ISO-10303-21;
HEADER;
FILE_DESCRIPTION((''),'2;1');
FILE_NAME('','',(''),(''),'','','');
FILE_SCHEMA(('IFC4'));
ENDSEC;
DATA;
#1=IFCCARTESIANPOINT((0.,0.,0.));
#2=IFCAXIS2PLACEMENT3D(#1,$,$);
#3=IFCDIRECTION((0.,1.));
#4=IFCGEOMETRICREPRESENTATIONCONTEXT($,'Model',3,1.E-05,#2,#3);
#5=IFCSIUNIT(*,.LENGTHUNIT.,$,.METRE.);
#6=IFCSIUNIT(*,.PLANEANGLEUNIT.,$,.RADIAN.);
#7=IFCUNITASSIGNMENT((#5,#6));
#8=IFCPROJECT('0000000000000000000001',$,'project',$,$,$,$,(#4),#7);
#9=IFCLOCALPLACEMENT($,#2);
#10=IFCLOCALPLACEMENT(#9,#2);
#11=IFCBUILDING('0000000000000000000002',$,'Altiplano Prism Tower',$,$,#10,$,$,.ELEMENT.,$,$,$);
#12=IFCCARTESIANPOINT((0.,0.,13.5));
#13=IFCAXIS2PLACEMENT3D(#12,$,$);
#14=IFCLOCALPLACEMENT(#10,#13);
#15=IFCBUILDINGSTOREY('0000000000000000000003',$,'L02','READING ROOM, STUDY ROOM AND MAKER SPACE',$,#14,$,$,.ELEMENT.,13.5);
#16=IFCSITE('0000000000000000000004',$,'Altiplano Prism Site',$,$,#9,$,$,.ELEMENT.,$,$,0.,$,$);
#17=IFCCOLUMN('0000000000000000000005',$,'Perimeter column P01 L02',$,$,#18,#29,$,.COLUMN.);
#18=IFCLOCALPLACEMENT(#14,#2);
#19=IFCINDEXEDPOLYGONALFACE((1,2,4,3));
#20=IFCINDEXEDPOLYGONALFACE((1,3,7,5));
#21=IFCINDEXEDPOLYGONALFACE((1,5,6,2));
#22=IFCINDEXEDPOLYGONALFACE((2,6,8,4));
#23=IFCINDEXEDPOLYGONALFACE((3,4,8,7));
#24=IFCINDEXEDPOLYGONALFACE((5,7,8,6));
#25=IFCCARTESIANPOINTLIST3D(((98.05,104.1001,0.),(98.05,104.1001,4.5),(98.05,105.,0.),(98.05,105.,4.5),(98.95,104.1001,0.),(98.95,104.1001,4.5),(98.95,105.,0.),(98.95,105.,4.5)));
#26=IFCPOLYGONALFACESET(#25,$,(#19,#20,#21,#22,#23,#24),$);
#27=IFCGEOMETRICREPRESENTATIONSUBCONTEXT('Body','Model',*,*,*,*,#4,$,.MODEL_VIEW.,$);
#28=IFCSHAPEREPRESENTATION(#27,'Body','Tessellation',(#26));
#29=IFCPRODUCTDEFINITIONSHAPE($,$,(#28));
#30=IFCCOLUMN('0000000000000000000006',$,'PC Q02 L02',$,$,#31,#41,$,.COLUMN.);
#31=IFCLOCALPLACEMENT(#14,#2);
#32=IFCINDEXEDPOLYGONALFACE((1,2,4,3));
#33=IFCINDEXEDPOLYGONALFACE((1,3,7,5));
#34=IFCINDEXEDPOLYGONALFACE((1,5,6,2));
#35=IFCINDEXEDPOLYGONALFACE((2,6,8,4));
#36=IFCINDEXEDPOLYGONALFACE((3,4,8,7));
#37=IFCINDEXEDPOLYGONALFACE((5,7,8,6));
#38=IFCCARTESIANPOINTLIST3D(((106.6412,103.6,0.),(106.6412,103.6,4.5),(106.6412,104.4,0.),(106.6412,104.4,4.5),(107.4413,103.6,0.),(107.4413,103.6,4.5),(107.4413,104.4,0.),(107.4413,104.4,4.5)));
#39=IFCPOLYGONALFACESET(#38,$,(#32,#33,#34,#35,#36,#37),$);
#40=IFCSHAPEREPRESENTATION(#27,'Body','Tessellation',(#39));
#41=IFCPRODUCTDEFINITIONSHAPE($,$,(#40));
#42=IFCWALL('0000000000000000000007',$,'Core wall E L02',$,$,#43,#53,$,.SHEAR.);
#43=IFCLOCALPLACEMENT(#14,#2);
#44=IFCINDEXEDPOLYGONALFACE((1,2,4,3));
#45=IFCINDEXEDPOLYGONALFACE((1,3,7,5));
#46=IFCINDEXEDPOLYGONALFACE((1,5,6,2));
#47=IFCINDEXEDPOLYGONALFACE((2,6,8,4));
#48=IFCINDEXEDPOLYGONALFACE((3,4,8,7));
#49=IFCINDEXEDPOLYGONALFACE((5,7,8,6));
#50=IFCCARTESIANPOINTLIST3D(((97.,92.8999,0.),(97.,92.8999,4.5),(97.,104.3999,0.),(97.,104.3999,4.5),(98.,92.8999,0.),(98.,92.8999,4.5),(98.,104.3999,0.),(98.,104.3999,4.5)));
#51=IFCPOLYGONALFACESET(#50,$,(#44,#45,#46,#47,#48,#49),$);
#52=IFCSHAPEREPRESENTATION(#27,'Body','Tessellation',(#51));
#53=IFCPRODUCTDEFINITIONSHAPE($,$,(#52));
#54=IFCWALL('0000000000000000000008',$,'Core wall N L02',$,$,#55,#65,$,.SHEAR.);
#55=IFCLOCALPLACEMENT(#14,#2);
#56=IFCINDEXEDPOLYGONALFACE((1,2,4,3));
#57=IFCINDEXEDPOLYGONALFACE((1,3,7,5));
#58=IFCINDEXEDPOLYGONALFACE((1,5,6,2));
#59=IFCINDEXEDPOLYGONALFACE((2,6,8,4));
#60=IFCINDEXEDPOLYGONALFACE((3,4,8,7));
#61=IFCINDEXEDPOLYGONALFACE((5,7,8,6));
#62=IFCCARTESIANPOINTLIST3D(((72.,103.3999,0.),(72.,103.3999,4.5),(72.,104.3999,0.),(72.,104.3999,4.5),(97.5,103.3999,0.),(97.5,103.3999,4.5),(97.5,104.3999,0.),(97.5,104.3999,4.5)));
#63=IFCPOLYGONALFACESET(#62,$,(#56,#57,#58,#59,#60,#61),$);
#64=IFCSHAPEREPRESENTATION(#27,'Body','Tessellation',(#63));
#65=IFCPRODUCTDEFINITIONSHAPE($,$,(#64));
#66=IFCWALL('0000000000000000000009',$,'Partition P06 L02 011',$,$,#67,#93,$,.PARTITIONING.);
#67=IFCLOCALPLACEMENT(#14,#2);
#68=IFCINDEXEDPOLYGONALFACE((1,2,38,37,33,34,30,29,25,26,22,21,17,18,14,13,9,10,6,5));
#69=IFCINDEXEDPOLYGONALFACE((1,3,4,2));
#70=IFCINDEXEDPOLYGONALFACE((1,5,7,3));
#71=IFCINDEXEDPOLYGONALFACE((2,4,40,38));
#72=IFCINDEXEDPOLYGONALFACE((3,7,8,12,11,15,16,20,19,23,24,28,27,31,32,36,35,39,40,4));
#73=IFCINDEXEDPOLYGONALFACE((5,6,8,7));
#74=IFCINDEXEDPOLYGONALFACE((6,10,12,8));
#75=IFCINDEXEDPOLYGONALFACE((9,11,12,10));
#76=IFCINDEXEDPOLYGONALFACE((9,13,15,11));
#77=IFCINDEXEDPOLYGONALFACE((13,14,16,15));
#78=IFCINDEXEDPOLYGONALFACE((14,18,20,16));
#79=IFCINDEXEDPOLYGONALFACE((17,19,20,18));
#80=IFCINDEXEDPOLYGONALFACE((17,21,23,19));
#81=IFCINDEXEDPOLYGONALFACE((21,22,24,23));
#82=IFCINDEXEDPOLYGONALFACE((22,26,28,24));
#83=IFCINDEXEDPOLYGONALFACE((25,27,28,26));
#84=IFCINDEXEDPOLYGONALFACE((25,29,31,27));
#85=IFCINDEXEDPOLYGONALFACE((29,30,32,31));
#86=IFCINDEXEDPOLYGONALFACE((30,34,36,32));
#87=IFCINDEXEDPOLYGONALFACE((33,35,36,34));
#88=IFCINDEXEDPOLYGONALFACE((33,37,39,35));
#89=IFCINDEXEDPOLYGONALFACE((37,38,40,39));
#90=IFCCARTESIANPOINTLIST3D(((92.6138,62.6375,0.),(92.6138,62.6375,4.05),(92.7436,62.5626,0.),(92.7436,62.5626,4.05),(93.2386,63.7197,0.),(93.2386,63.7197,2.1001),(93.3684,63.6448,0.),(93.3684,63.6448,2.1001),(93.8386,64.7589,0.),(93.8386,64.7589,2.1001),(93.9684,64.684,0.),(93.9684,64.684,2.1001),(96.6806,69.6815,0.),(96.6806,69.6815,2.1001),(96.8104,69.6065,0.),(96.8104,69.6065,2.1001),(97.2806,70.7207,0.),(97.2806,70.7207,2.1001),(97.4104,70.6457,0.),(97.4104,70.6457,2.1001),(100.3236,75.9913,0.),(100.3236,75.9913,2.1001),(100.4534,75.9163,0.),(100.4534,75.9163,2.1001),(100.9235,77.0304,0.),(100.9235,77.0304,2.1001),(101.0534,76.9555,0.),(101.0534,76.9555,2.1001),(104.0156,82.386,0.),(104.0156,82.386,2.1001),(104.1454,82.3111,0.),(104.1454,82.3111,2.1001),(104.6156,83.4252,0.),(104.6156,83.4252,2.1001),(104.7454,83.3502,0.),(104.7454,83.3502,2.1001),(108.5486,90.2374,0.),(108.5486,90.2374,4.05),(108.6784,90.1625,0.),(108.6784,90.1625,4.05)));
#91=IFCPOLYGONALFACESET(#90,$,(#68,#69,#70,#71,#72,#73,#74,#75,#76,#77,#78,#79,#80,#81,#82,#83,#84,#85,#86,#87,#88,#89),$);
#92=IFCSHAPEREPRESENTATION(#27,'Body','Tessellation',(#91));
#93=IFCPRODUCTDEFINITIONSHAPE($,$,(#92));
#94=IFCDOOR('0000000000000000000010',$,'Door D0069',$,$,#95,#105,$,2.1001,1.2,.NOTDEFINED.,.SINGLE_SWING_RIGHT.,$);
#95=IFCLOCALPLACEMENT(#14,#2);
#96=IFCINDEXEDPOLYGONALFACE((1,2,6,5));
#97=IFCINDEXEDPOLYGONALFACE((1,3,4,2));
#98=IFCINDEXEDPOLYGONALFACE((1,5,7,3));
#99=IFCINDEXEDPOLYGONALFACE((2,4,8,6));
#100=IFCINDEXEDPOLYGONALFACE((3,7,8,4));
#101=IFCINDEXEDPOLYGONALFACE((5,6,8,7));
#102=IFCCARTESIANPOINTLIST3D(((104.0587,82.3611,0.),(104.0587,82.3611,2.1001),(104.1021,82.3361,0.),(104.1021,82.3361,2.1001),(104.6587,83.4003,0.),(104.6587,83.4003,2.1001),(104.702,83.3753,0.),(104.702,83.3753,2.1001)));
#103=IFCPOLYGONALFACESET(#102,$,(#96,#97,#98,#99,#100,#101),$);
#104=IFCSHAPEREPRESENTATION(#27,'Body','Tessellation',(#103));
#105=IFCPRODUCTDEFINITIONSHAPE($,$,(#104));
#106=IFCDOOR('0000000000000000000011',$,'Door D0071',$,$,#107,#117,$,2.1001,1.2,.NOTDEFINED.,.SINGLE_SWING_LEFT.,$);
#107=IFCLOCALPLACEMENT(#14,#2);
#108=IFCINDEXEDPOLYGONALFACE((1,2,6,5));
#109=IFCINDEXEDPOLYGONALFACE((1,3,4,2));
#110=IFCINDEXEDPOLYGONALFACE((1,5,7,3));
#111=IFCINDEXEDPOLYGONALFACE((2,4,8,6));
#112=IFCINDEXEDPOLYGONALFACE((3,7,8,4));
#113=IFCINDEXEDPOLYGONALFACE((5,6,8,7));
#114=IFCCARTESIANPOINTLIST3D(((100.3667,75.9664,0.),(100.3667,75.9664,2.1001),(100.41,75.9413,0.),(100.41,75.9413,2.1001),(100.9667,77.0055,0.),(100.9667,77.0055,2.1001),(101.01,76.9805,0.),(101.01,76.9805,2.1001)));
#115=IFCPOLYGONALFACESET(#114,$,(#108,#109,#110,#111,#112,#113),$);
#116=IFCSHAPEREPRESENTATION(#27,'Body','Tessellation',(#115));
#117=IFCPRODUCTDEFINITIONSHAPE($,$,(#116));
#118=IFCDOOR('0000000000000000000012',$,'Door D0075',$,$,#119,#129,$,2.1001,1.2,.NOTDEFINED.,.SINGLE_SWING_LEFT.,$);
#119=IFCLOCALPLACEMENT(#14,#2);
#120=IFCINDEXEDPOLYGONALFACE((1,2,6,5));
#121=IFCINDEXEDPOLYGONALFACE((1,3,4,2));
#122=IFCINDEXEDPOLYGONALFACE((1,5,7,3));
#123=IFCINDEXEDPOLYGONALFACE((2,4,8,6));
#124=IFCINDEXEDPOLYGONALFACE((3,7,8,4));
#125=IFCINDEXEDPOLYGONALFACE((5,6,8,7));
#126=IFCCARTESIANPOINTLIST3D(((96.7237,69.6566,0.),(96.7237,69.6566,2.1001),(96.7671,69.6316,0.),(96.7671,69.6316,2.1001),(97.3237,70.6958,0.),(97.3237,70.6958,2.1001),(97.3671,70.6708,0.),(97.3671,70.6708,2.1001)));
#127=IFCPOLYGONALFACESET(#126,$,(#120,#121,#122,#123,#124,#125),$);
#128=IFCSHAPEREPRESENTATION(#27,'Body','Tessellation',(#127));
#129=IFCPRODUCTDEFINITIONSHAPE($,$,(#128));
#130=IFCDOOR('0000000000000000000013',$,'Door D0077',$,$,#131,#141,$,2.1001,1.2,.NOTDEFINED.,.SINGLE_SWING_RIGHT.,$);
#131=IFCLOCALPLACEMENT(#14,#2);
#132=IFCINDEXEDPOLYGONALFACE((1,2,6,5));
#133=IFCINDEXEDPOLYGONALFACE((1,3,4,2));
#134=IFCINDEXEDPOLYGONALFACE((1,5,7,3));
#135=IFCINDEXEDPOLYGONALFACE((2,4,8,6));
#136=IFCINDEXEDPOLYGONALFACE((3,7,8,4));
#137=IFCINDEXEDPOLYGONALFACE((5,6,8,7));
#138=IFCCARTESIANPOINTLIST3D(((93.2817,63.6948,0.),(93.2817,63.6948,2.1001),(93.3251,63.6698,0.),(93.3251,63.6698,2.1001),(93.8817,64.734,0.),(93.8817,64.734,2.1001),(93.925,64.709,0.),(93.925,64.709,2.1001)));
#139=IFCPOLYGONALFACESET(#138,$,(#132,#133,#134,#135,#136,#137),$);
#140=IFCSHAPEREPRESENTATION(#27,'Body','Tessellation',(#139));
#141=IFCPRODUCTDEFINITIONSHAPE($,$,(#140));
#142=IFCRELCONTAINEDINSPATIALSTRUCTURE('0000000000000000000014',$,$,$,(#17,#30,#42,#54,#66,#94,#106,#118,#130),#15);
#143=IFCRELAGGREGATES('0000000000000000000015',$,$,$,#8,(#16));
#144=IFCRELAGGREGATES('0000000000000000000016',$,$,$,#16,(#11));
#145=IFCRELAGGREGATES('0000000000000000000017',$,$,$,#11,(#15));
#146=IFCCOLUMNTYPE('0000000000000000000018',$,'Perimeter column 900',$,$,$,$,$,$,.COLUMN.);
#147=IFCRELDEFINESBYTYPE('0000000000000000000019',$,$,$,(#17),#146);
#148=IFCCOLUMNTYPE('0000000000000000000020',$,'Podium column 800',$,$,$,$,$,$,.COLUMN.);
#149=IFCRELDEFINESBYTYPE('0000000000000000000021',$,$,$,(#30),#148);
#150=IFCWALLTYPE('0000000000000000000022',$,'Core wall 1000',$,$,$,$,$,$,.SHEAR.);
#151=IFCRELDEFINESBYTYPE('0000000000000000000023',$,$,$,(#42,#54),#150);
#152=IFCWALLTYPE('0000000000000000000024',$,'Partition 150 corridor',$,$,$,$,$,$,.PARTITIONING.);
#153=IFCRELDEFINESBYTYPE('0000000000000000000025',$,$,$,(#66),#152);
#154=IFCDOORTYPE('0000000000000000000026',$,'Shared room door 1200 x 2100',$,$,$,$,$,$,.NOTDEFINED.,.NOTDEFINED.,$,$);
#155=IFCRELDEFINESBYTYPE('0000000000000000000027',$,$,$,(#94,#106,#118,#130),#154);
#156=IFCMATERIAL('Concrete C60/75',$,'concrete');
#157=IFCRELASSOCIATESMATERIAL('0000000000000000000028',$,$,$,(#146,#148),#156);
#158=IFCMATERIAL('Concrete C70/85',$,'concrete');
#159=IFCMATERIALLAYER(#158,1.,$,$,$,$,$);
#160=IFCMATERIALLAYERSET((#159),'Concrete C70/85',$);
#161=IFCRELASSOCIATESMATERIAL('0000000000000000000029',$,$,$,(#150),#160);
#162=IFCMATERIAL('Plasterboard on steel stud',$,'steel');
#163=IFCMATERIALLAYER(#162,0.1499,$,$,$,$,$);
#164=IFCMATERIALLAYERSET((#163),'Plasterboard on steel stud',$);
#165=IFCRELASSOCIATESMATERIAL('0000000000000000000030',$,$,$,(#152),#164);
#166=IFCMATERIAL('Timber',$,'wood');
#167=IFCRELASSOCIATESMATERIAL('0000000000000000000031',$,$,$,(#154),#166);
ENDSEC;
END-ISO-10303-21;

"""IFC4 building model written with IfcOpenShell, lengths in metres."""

from ifc_helpers import new_model, si_unit, direction, frame, frame_2d, origin, origin_2d, place, context, subcontext, project, spatial, rectangle, extrude, material, layer, layer_set, material_profile, profile_set, type_object, element, fill, save


model = new_model("IFC4")

# Units and contexts
model_context = context("Model", 3, precision=1e-05, world=origin(), true_north=direction((0.0, 1.0)))
body_context = subcontext(model_context, "Body", "Model", "MODEL_VIEW")
ifc_project = project(units=[si_unit("LENGTHUNIT", "METRE"), si_unit("PLANEANGLEUNIT", "RADIAN")], contexts=[model_context])

# Site, building, storey
site_placement = place(None, origin())
site = spatial("IfcSite", under=ifc_project, at=site_placement, Name="Altiplano Prism Site", CompositionType="ELEMENT", RefElevation=0.0)
building_placement = place(site_placement, origin())
building = spatial("IfcBuilding", under=site, at=building_placement, Name="Altiplano Prism Tower", CompositionType="ELEMENT")
storey_placement = place(building_placement, frame((0.0, 0.0, 13.5)))
storey = spatial("IfcBuildingStorey", under=building, at=storey_placement, Name="L02", Description="READING ROOM, STUDY ROOM AND MAKER SPACE", CompositionType="ELEMENT", Elevation=13.5)

# Columns
ifc_material_1 = material(Name="Concrete C60/75", Category="concrete")
ifc_material_profile_1 = material_profile(ifc_material_1, rectangle(XDim=0.8999, YDim=0.8999, at=origin_2d()), Name="Perimeter column 900")
ifc_profile_set_1 = profile_set([ifc_material_profile_1], Name="Concrete C60/75")
column_type_1 = type_object("IfcColumnType", Name="Perimeter column 900", PredefinedType="COLUMN", material=ifc_profile_set_1)
column_1_placement = place(storey_placement, frame((98.5, 104.55, 0.0), z_axis=(0.0, 0.0, 1.0), x_axis=(1.0, 0.0, 0.0)))
element("IfcColumn", 1, at=column_1_placement, inside=storey, type_object=column_type_1, Name="Perimeter column P01 L02", PredefinedType="COLUMN", context=body_context, shape_type="SweptSolid", body=[
    extrude(rectangle(XDim=0.8999, YDim=0.8999, at=origin_2d()), origin(), (0.0, 0.0, 1.0), 4.5),
])
ifc_material_profile_2 = material_profile(ifc_material_1, rectangle(XDim=0.8, YDim=0.8, at=origin_2d()), Name="Podium column 800")
ifc_profile_set_2 = profile_set([ifc_material_profile_2], Name="Concrete C60/75")
column_type_2 = type_object("IfcColumnType", Name="Podium column 800", PredefinedType="COLUMN", material=ifc_profile_set_2)
column_2_placement = place(storey_placement, frame((107.0413, 104.0, 0.0), z_axis=(0.0, 0.0, 1.0), x_axis=(1.0, 0.0, 0.0)))
element("IfcColumn", 2, at=column_2_placement, inside=storey, type_object=column_type_2, Name="PC Q02 L02", PredefinedType="COLUMN", context=body_context, shape_type="SweptSolid", body=[
    extrude(rectangle(XDim=0.8, YDim=0.8, at=origin_2d()), origin(), (0.0, 0.0, 1.0), 4.5),
])

# Walls
ifc_material_2 = material(Name="Concrete C70/85", Category="concrete")
ifc_layer_1 = layer(ifc_material_2, 1.0)
ifc_layer_set_1 = layer_set([ifc_layer_1], Name="Concrete C70/85")
wall_type_1 = type_object("IfcWallType", Name="Core wall 1000", PredefinedType="SHEAR", material=ifc_layer_set_1)
wall_1_placement = place(storey_placement, frame((97.5, 92.8999, 0.0), z_axis=(0.0, 0.0, 1.0), x_axis=(0.0, 1.0, 0.0)))
element("IfcWall", 3, at=wall_1_placement, inside=storey, type_object=wall_type_1, Name="Core wall E L02", PredefinedType="SHEAR", context=body_context, shape_type="SweptSolid", body=[
    extrude(rectangle(XDim=11.5, YDim=1.0, at=frame_2d((5.75, 0.0))), origin(), (0.0, 0.0, 1.0), 4.5),
])
wall_2_placement = place(storey_placement, frame((97.5, 103.8999, 0.0), z_axis=(0.0, 0.0, 1.0), x_axis=(-1.0, 0.0, 0.0)))
element("IfcWall", 4, at=wall_2_placement, inside=storey, type_object=wall_type_1, Name="Core wall N L02", PredefinedType="SHEAR", context=body_context, shape_type="SweptSolid", body=[
    extrude(rectangle(XDim=25.5, YDim=1.0, at=frame_2d((12.75, 0.0))), origin(), (0.0, 0.0, 1.0), 4.5),
])

# Wall, openings, doors
ifc_material_3 = material(Name="Plasterboard on steel stud", Category="steel")
ifc_layer_2 = layer(ifc_material_3, 0.1499)
ifc_layer_set_2 = layer_set([ifc_layer_2], Name="Plasterboard on steel stud")
wall_type_2 = type_object("IfcWallType", Name="Partition 150 corridor", PredefinedType="PARTITIONING", material=ifc_layer_set_2)
wall_3_placement = place(storey_placement, frame((108.6135, 90.2, 0.0), z_axis=(0.0, 0.0, 1.0), x_axis=(-0.500001, -0.866025, 0.0)))
wall_3 = element("IfcWall", 5, at=wall_3_placement, inside=storey, type_object=wall_type_2, Name="Partition P06 L02 011", PredefinedType="PARTITIONING", context=body_context, shape_type="SweptSolid", body=[
    extrude(rectangle(XDim=31.8696, YDim=0.1499, at=frame_2d((15.9348, 0.0))), origin(), (0.0, 0.0, 1.0), 4.05),
])
opening_1_placement = place(wall_3_placement, frame((7.866, 0.0, 0.0)))
opening_1 = element("IfcOpeningElement", 6, at=opening_1_placement, cuts=wall_3, PredefinedType="OPENING", context=body_context, shape_type="SweptSolid", body=[
    extrude(rectangle(XDim=1.2, YDim=2.1001, at=frame_2d((0.6001, 1.05))), frame((0.0, 0.0854, 0.0), z_axis=(0.0, -1.0, 0.0), x_axis=(1.0, 0.0, 0.0)), (0.0, 0.0, 1.0), 0.1709),
])
opening_2_placement = place(wall_3_placement, frame((15.25, 0.0, 0.0)))
opening_2 = element("IfcOpeningElement", 7, at=opening_2_placement, cuts=wall_3, PredefinedType="OPENING", context=body_context, shape_type="SweptSolid", body=[
    extrude(rectangle(XDim=1.2, YDim=2.1001, at=frame_2d((0.6001, 1.05))), frame((0.0, 0.0854, 0.0), z_axis=(0.0, -1.0, 0.0), x_axis=(1.0, 0.0, 0.0)), (0.0, 0.0, 1.0), 0.1709),
])
opening_3_placement = place(wall_3_placement, frame((22.5359, 0.0, 0.0)))
opening_3 = element("IfcOpeningElement", 8, at=opening_3_placement, cuts=wall_3, PredefinedType="OPENING", context=body_context, shape_type="SweptSolid", body=[
    extrude(rectangle(XDim=1.2, YDim=2.1001, at=frame_2d((0.6001, 1.05))), frame((0.0, 0.0854, 0.0), z_axis=(0.0, -1.0, 0.0), x_axis=(1.0, 0.0, 0.0)), (0.0, 0.0, 1.0), 0.1709),
])
opening_4_placement = place(wall_3_placement, frame((29.4199, 0.0, 0.0)))
opening_4 = element("IfcOpeningElement", 9, at=opening_4_placement, cuts=wall_3, PredefinedType="OPENING", context=body_context, shape_type="SweptSolid", body=[
    extrude(rectangle(XDim=1.2, YDim=2.1001, at=frame_2d((0.6001, 1.05))), frame((0.0, 0.0854, 0.0), z_axis=(0.0, -1.0, 0.0), x_axis=(1.0, 0.0, 0.0)), (0.0, 0.0, 1.0), 0.1709),
])
ifc_material_4 = material(Name="Timber", Category="wood")
door_type = type_object("IfcDoorType", Name="Shared room door 1200 x 2100", OperationType="NOTDEFINED", PredefinedType="NOTDEFINED", material=ifc_material_4)
door_1_placement = place(opening_1_placement, origin())
door_1 = element("IfcDoor", 10, at=door_1_placement, inside=storey, type_object=door_type, Name="Door D0069", OperationType="SINGLE_SWING_RIGHT", OverallHeight=2.1001, OverallWidth=1.2, PredefinedType="NOTDEFINED", context=body_context, shape_type="SweptSolid", body=[
    extrude(rectangle(XDim=1.2, YDim=2.1001, at=frame_2d((0.6001, 1.05))), frame((0.0, 0.0249, 0.0), z_axis=(0.0, -1.0, 0.0), x_axis=(1.0, 0.0, 0.0)), (0.0, 0.0, 1.0), 0.05),
])
fill(opening_1, door_1)
door_2_placement = place(opening_2_placement, origin())
door_2 = element("IfcDoor", 11, at=door_2_placement, inside=storey, type_object=door_type, Name="Door D0071", OperationType="SINGLE_SWING_LEFT", OverallHeight=2.1001, OverallWidth=1.2, PredefinedType="NOTDEFINED", context=body_context, shape_type="SweptSolid", body=[
    extrude(rectangle(XDim=1.2, YDim=2.1001, at=frame_2d((0.6001, 1.05))), frame((0.0, 0.0249, 0.0), z_axis=(0.0, -1.0, 0.0), x_axis=(1.0, 0.0, 0.0)), (0.0, 0.0, 1.0), 0.05),
])
fill(opening_2, door_2)
door_3_placement = place(opening_3_placement, origin())
door_3 = element("IfcDoor", 12, at=door_3_placement, inside=storey, type_object=door_type, Name="Door D0075", OperationType="SINGLE_SWING_LEFT", OverallHeight=2.1001, OverallWidth=1.2, PredefinedType="NOTDEFINED", context=body_context, shape_type="SweptSolid", body=[
    extrude(rectangle(XDim=1.2, YDim=2.1001, at=frame_2d((0.6001, 1.05))), frame((0.0, 0.0249, 0.0), z_axis=(0.0, -1.0, 0.0), x_axis=(1.0, 0.0, 0.0)), (0.0, 0.0, 1.0), 0.05),
])
fill(opening_3, door_3)
door_4_placement = place(opening_4_placement, origin())
door_4 = element("IfcDoor", 13, at=door_4_placement, inside=storey, type_object=door_type, Name="Door D0077", OperationType="SINGLE_SWING_RIGHT", OverallHeight=2.1001, OverallWidth=1.2, PredefinedType="NOTDEFINED", context=body_context, shape_type="SweptSolid", body=[
    extrude(rectangle(XDim=1.2, YDim=2.1001, at=frame_2d((0.6001, 1.05))), frame((0.0, 0.0249, 0.0), z_axis=(0.0, -1.0, 0.0), x_axis=(1.0, 0.0, 0.0)), (0.0, 0.0, 1.0), 0.05),
])
fill(opening_4, door_4)

save(model, "model.ifc")
